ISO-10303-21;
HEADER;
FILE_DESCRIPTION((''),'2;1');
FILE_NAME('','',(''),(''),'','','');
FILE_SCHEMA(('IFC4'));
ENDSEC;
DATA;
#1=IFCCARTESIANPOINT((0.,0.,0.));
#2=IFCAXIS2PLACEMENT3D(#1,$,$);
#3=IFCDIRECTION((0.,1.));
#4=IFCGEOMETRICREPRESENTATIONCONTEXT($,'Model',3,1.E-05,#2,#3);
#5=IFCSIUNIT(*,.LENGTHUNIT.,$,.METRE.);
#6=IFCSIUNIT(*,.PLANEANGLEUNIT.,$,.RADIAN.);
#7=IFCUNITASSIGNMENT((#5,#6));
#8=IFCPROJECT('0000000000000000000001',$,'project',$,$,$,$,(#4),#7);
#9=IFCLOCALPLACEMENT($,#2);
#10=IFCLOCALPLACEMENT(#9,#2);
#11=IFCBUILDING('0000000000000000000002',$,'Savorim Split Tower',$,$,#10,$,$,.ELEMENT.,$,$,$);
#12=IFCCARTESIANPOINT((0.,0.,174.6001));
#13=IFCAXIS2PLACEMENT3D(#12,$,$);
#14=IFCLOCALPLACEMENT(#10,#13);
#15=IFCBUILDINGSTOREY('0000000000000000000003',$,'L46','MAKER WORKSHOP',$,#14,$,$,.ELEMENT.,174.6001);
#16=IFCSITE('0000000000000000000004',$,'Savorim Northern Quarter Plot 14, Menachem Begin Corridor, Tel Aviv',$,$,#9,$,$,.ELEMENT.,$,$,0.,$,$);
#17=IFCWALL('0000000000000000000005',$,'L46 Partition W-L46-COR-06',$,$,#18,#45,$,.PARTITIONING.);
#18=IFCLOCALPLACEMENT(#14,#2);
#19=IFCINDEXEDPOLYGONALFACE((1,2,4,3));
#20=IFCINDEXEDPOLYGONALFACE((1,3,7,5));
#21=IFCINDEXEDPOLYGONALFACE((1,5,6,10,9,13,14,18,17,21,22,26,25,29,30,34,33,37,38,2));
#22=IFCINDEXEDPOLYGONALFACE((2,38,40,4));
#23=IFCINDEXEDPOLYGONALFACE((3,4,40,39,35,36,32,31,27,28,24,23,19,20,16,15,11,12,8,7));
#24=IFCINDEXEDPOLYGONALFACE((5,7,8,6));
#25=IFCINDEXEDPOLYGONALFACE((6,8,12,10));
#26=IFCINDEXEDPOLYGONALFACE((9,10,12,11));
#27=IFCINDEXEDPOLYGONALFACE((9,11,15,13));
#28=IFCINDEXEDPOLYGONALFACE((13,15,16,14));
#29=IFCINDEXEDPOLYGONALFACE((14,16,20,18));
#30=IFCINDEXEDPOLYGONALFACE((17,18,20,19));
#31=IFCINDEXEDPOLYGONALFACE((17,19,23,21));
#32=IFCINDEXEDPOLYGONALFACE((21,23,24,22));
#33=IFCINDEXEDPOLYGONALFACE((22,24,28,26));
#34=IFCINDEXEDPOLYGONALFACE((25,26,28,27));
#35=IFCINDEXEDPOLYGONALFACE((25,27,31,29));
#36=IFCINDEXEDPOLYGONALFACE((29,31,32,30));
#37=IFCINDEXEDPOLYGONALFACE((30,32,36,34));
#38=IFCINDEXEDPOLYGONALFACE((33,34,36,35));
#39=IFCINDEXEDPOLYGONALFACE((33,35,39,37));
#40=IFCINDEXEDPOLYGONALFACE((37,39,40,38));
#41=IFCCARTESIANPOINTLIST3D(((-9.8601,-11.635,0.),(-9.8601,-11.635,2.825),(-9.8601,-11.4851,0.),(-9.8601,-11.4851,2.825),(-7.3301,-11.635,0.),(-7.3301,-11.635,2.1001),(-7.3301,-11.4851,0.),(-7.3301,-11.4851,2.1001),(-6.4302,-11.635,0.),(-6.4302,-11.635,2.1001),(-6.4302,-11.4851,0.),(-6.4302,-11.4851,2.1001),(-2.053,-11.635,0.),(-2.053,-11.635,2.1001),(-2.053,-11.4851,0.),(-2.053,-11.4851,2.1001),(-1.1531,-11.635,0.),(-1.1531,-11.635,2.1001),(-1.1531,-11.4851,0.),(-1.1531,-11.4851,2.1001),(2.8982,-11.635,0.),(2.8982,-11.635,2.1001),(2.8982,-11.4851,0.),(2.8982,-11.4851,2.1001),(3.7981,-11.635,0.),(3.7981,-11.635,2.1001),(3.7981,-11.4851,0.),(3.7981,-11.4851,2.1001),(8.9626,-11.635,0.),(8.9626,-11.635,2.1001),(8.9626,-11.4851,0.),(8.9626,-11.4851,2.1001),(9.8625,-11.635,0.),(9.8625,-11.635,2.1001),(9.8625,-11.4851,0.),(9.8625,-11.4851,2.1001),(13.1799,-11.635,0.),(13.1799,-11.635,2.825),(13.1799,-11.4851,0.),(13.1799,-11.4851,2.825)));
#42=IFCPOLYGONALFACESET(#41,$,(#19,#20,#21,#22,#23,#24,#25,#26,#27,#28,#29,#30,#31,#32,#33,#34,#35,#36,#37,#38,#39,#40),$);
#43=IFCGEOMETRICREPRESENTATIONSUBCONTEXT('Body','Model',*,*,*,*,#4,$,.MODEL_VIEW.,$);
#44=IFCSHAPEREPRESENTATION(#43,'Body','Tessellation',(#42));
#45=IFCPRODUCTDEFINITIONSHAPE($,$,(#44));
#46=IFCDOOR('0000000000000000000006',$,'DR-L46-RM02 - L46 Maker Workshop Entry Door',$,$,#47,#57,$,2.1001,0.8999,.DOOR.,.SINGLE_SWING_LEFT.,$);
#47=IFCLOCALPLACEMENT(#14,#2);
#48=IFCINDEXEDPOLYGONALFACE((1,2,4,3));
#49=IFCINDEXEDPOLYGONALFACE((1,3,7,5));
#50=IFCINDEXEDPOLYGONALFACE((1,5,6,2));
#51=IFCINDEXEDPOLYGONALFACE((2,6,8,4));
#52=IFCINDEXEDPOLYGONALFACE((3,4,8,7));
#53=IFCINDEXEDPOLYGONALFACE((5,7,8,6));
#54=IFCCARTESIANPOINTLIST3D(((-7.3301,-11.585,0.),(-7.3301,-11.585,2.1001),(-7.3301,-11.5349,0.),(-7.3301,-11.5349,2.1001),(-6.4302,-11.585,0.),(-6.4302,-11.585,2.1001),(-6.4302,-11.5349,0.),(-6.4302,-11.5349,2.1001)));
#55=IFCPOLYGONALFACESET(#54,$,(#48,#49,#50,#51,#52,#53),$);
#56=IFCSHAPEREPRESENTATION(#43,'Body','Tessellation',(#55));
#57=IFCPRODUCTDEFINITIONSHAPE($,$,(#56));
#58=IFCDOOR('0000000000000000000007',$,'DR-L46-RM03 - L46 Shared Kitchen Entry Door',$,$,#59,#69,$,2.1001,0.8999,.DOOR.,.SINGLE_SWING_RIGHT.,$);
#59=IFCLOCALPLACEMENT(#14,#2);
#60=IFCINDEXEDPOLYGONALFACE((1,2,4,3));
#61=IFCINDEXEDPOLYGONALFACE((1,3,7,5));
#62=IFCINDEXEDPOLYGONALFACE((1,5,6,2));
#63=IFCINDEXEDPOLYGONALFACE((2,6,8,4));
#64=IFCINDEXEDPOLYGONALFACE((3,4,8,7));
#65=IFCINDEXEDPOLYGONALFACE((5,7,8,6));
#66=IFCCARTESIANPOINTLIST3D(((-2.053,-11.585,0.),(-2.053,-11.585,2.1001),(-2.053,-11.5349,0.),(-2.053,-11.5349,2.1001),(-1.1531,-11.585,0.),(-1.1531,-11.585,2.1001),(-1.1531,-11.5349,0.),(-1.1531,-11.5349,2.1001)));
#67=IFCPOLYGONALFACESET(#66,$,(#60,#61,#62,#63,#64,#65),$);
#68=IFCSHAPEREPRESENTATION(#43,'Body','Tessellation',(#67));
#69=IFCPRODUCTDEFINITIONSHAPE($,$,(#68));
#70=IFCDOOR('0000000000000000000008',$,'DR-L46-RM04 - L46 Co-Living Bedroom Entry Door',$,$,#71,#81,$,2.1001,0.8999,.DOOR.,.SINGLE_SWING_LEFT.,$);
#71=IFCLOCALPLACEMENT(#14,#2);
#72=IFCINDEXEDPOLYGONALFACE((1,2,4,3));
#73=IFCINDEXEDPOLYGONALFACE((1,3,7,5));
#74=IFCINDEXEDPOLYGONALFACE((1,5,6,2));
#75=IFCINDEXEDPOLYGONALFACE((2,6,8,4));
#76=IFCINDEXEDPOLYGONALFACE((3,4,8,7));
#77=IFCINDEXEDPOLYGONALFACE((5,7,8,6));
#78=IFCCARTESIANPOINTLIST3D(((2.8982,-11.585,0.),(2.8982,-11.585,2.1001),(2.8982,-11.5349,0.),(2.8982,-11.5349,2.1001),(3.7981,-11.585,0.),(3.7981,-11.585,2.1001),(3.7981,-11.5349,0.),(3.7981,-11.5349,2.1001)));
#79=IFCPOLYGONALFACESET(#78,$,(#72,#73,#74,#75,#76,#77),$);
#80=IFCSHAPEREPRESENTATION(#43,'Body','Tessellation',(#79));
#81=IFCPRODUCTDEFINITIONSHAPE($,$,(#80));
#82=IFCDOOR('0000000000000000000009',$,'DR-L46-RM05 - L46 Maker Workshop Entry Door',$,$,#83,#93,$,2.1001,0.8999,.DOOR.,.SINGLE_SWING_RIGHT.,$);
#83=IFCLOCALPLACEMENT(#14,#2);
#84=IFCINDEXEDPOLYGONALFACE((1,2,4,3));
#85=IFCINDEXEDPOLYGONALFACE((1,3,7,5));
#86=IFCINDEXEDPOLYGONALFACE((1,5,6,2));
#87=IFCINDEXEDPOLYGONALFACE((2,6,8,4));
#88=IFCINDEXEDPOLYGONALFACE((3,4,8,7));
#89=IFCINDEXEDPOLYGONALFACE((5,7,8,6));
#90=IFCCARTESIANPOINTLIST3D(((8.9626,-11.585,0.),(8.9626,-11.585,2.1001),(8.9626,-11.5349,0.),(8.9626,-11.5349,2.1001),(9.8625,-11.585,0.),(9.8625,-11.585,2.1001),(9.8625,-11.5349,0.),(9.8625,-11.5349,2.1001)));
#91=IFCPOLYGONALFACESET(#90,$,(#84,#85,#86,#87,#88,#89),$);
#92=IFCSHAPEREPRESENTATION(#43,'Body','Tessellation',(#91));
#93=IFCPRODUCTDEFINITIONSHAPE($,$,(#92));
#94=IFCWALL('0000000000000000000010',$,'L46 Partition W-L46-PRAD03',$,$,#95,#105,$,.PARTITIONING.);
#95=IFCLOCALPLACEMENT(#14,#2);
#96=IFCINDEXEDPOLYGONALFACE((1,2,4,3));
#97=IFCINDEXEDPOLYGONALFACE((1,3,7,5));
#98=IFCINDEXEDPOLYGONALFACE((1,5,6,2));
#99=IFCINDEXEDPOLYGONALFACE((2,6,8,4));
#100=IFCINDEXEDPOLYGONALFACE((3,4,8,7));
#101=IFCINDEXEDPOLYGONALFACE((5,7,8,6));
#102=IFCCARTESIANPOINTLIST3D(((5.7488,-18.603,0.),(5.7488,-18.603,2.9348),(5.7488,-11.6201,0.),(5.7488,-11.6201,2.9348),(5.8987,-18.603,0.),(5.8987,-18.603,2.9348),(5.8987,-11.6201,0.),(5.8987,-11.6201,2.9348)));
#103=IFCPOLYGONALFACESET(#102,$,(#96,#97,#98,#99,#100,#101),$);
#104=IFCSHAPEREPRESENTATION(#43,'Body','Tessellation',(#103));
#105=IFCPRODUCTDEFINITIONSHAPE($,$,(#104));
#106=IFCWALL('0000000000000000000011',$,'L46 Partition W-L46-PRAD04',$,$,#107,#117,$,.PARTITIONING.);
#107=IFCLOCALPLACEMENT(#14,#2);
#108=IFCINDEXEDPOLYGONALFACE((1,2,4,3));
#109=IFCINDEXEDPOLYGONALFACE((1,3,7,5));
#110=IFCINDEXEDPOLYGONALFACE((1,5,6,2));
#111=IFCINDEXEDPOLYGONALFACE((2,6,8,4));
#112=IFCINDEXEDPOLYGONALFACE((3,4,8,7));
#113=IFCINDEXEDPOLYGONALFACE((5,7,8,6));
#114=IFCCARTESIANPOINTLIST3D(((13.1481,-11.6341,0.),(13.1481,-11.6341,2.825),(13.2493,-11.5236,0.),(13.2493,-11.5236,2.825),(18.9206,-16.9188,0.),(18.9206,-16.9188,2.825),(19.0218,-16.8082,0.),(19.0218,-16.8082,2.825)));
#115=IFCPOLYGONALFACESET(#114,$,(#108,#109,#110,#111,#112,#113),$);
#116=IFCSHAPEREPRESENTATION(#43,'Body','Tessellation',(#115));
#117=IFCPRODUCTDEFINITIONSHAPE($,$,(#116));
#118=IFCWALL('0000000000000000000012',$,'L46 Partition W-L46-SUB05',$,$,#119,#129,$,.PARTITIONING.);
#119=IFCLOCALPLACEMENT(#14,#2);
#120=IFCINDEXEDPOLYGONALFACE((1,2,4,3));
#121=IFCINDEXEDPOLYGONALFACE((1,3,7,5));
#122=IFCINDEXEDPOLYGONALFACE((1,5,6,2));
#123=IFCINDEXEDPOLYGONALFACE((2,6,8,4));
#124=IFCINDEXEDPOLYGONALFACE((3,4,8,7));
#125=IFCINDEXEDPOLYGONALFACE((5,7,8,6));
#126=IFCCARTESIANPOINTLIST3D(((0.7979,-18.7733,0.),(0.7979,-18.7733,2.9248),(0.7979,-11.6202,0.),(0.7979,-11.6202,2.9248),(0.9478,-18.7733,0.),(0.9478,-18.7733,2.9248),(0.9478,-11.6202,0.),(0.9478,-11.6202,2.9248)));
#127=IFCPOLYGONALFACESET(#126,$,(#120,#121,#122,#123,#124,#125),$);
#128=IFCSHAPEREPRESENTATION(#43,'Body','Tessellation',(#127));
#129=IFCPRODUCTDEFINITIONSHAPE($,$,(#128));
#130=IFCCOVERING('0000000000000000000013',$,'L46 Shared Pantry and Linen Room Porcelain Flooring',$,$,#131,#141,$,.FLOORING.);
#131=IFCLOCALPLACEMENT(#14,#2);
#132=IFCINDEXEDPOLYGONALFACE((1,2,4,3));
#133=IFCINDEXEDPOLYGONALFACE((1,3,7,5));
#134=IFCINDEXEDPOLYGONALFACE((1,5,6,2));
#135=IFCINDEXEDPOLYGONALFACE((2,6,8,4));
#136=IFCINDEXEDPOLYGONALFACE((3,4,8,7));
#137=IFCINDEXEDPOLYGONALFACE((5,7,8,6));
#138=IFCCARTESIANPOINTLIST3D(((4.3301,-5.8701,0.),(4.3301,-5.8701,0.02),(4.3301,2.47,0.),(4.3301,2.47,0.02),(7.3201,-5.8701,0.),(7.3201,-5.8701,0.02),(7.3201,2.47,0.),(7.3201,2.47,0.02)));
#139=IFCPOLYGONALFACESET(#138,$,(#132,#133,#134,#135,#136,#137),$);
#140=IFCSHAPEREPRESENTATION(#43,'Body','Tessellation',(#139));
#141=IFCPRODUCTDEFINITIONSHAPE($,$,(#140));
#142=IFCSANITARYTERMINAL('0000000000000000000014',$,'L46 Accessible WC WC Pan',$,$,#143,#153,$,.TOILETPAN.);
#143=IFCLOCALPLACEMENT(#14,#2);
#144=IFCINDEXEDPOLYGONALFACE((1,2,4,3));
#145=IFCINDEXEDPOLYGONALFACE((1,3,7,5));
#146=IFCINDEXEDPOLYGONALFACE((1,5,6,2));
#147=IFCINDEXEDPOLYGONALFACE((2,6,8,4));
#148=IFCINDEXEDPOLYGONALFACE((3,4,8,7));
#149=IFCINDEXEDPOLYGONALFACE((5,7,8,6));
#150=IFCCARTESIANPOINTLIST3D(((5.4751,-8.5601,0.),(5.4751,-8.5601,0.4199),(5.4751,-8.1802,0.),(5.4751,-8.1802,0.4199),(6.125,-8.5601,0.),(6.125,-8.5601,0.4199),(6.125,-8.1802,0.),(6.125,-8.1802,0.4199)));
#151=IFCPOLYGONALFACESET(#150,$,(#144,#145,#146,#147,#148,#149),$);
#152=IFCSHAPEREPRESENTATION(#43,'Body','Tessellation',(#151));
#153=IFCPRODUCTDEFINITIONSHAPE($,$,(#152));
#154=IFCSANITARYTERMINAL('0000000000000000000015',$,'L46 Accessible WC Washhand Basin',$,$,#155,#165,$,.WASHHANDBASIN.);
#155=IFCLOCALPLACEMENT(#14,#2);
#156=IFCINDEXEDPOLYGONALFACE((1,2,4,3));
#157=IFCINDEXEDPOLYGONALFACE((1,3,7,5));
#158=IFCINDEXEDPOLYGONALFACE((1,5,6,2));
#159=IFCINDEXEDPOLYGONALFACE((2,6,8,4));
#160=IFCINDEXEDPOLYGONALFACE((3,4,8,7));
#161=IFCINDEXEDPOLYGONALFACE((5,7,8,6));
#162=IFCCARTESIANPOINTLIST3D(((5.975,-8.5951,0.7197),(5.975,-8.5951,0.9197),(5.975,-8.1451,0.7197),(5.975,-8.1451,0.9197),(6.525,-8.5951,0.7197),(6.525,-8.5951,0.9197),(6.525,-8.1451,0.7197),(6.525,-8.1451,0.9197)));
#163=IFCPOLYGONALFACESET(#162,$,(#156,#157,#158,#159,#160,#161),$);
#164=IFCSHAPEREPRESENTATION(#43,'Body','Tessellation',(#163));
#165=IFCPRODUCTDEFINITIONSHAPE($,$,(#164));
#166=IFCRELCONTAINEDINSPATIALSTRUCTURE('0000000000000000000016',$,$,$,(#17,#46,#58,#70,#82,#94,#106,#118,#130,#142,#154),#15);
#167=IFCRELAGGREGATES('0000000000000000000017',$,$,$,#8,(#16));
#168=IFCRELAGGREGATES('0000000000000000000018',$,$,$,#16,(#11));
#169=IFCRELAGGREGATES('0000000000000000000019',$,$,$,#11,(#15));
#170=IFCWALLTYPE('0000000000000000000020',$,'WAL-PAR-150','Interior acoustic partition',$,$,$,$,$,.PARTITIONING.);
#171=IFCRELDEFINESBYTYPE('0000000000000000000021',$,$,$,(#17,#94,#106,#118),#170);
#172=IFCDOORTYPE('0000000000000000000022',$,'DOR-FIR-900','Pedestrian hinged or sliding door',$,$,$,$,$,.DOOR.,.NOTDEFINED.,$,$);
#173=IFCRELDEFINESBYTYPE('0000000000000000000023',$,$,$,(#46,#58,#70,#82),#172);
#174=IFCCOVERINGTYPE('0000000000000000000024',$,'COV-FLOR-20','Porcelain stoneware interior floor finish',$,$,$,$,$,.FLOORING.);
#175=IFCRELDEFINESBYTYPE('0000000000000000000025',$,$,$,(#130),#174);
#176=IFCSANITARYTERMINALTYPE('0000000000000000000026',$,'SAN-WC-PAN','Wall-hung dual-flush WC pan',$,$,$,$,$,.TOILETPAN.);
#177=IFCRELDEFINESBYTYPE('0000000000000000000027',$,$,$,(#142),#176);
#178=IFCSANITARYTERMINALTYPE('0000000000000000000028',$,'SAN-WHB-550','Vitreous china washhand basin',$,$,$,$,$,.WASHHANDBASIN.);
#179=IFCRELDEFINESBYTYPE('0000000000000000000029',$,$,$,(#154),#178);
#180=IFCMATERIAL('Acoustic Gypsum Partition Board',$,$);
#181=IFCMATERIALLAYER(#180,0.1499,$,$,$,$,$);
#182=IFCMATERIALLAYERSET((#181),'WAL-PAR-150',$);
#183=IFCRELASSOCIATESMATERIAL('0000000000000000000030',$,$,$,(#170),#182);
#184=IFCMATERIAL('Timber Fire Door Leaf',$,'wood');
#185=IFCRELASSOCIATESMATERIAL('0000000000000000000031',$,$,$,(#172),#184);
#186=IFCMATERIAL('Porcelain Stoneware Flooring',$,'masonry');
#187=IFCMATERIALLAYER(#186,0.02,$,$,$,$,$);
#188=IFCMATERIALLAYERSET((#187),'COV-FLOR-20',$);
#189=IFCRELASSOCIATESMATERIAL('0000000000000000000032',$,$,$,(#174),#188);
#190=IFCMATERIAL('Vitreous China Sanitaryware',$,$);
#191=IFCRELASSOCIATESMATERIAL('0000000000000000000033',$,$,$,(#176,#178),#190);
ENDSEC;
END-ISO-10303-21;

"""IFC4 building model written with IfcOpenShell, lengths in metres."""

from ifc_helpers import new_model, si_unit, direction, frame, frame_2d, origin, origin_2d, place, context, subcontext, project, spatial, polyline, rectangle, outline, extrude, material, layer, layer_set, type_object, element, fill, save


model = new_model("IFC4")

# Units and contexts
model_context = context("Model", 3, precision=1e-05, world=origin(), true_north=direction((0.0, 1.0)))
body_context = subcontext(model_context, "Body", "Model", "MODEL_VIEW")
ifc_project = project(units=[si_unit("LENGTHUNIT", "METRE"), si_unit("PLANEANGLEUNIT", "RADIAN")], contexts=[model_context])

# Site, building, storey
site_placement = place(None, origin())
site = spatial("IfcSite", under=ifc_project, at=site_placement, Name="Savorim Northern Quarter Plot 14, Menachem Begin Corridor, Tel Aviv", CompositionType="ELEMENT", RefElevation=0.0)
building_placement = place(site_placement, origin())
building = spatial("IfcBuilding", under=site, at=building_placement, Name="Savorim Split Tower", CompositionType="ELEMENT")
storey_placement = place(building_placement, frame((0.0, 0.0, 174.6001)))
storey = spatial("IfcBuildingStorey", under=building, at=storey_placement, Name="L46", Description="MAKER WORKSHOP", CompositionType="ELEMENT", Elevation=174.6001)

# Shared definitions
ifc_material_1 = material(Name="Timber Fire Door Leaf", Category="wood")

# Shared definitions
ifc_material_2 = material(Name="Acoustic Gypsum Partition Board")
ifc_layer_1 = layer(ifc_material_2, 0.1499)
ifc_layer_set_1 = layer_set([ifc_layer_1], Name="WAL-PAR-150")
wall_type_1 = type_object("IfcWallType", Name="WAL-PAR-150", Description="Interior acoustic partition", PredefinedType="PARTITIONING", material=ifc_layer_set_1)
door_type_1 = type_object("IfcDoorType", Name="DOR-FIR-900", Description="Pedestrian hinged or sliding door", OperationType="NOTDEFINED", PredefinedType="DOOR", material=ifc_material_1)

# Wall, openings, doors
wall_1_placement = place(storey_placement, frame((13.1799, -11.5601, 0.0), z_axis=(0.0, 0.0, 1.0), x_axis=(-1.0, 0.0, 0.0)))
wall_1 = element("IfcWall", 1, at=wall_1_placement, inside=storey, type_object=wall_type_1, Name="L46 Partition W-L46-COR-06", PredefinedType="PARTITIONING", context=body_context, shape_type="SweptSolid", body=[
    extrude(rectangle(XDim=23.04, YDim=0.1499, at=frame_2d((11.52, 0.0))), origin(), (0.0, 0.0, 1.0), 2.825),
])
opening_1_placement = place(wall_1_placement, frame((19.6101, 0.0, 0.0)))
opening_1 = element("IfcOpeningElement", 2, at=opening_1_placement, cuts=wall_1, PredefinedType="OPENING", context=body_context, shape_type="SweptSolid", body=[
    extrude(rectangle(XDim=0.8999, YDim=2.1001, at=frame_2d((0.45, 1.05))), frame((0.0, 0.085, 0.0), z_axis=(0.0, -1.0, 0.0), x_axis=(1.0, 0.0, 0.0)), (0.0, 0.0, 1.0), 0.1699),
])
opening_2_placement = place(wall_1_placement, frame((14.333, 0.0, 0.0)))
opening_2 = element("IfcOpeningElement", 3, at=opening_2_placement, cuts=wall_1, PredefinedType="OPENING", context=body_context, shape_type="SweptSolid", body=[
    extrude(rectangle(XDim=0.8999, YDim=2.1001, at=frame_2d((0.45, 1.05))), frame((0.0, 0.085, 0.0), z_axis=(0.0, -1.0, 0.0), x_axis=(1.0, 0.0, 0.0)), (0.0, 0.0, 1.0), 0.1699),
])
opening_3_placement = place(wall_1_placement, frame((9.3818, 0.0, 0.0)))
opening_3 = element("IfcOpeningElement", 4, at=opening_3_placement, cuts=wall_1, PredefinedType="OPENING", context=body_context, shape_type="SweptSolid", body=[
    extrude(rectangle(XDim=0.8999, YDim=2.1001, at=frame_2d((0.45, 1.05))), frame((0.0, 0.085, 0.0), z_axis=(0.0, -1.0, 0.0), x_axis=(1.0, 0.0, 0.0)), (0.0, 0.0, 1.0), 0.1699),
])
opening_4_placement = place(wall_1_placement, frame((3.3174, 0.0, 0.0)))
opening_4 = element("IfcOpeningElement", 5, at=opening_4_placement, cuts=wall_1, PredefinedType="OPENING", context=body_context, shape_type="SweptSolid", body=[
    extrude(rectangle(XDim=0.8999, YDim=2.1001, at=frame_2d((0.45, 1.05))), frame((0.0, 0.085, 0.0), z_axis=(0.0, -1.0, 0.0), x_axis=(1.0, 0.0, 0.0)), (0.0, 0.0, 1.0), 0.1699),
])
door_1_placement = place(opening_1_placement, origin())
door_1 = element("IfcDoor", 6, at=door_1_placement, inside=storey, type_object=door_type_1, Name="DR-L46-RM02 - L46 Maker Workshop Entry Door", OperationType="SINGLE_SWING_LEFT", OverallHeight=2.1001, OverallWidth=0.8999, PredefinedType="DOOR", context=body_context, shape_type="SweptSolid", body=[
    extrude(rectangle(XDim=0.8999, YDim=2.1001, at=frame_2d((0.45, 1.05))), frame((0.0, 0.0249, 0.0), z_axis=(0.0, -1.0, 0.0), x_axis=(1.0, 0.0, 0.0)), (0.0, 0.0, 1.0), 0.05),
])
fill(opening_1, door_1)
door_2_placement = place(opening_2_placement, origin())
door_2 = element("IfcDoor", 7, at=door_2_placement, inside=storey, type_object=door_type_1, Name="DR-L46-RM03 - L46 Shared Kitchen Entry Door", OperationType="SINGLE_SWING_RIGHT", OverallHeight=2.1001, OverallWidth=0.8999, PredefinedType="DOOR", context=body_context, shape_type="SweptSolid", body=[
    extrude(rectangle(XDim=0.8999, YDim=2.1001, at=frame_2d((0.45, 1.05))), frame((0.0, 0.0249, 0.0), z_axis=(0.0, -1.0, 0.0), x_axis=(1.0, 0.0, 0.0)), (0.0, 0.0, 1.0), 0.05),
])
fill(opening_2, door_2)
door_3_placement = place(opening_3_placement, origin())
door_3 = element("IfcDoor", 8, at=door_3_placement, inside=storey, type_object=door_type_1, Name="DR-L46-RM04 - L46 Co-Living Bedroom Entry Door", OperationType="SINGLE_SWING_LEFT", OverallHeight=2.1001, OverallWidth=0.8999, PredefinedType="DOOR", context=body_context, shape_type="SweptSolid", body=[
    extrude(rectangle(XDim=0.8999, YDim=2.1001, at=frame_2d((0.45, 1.05))), frame((0.0, 0.0249, 0.0), z_axis=(0.0, -1.0, 0.0), x_axis=(1.0, 0.0, 0.0)), (0.0, 0.0, 1.0), 0.05),
])
fill(opening_3, door_3)
door_4_placement = place(opening_4_placement, origin())
door_4 = element("IfcDoor", 9, at=door_4_placement, inside=storey, type_object=door_type_1, Name="DR-L46-RM05 - L46 Maker Workshop Entry Door", OperationType="SINGLE_SWING_RIGHT", OverallHeight=2.1001, OverallWidth=0.8999, PredefinedType="DOOR", context=body_context, shape_type="SweptSolid", body=[
    extrude(rectangle(XDim=0.8999, YDim=2.1001, at=frame_2d((0.45, 1.05))), frame((0.0, 0.0249, 0.0), z_axis=(0.0, -1.0, 0.0), x_axis=(1.0, 0.0, 0.0)), (0.0, 0.0, 1.0), 0.05),
])
fill(opening_4, door_4)

# Walls
wall_2_placement = place(storey_placement, frame((5.8237, -11.6201, 0.0), z_axis=(0.0, 0.0, 1.0), x_axis=(0.0, -1.0, 0.0)))
element("IfcWall", 10, at=wall_2_placement, inside=storey, type_object=wall_type_1, Name="L46 Partition W-L46-PRAD03", PredefinedType="PARTITIONING", context=body_context, shape_type="SweptSolid", body=[
    extrude(rectangle(XDim=6.9829, YDim=0.1499, at=frame_2d((3.4915, 0.0))), origin(), (0.0, 0.0, 1.0), 2.9348),
])
wall_3_placement = place(storey_placement, frame((13.1987, -11.5789, 0.0), z_axis=(0.0, 0.0, 1.0), x_axis=(0.737584, -0.675256, 0.0)))
element("IfcWall", 11, at=wall_3_placement, inside=storey, type_object=wall_type_1, Name="L46 Partition W-L46-PRAD04", PredefinedType="PARTITIONING", context=body_context, shape_type="SweptSolid", body=[
    extrude(rectangle(XDim=7.8262, YDim=0.1499, at=frame_2d((3.9131, 0.0))), origin(), (0.0, 0.0, 1.0), 2.825),
])
wall_4_placement = place(storey_placement, frame((0.8728, -11.6201, 0.0), z_axis=(0.0, 0.0, 1.0), x_axis=(0.0, -1.0, 0.0)))
element("IfcWall", 12, at=wall_4_placement, inside=storey, type_object=wall_type_1, Name="L46 Partition W-L46-SUB05", PredefinedType="PARTITIONING", context=body_context, shape_type="SweptSolid", body=[
    extrude(rectangle(XDim=7.1531, YDim=0.1499, at=frame_2d((3.5767, 0.0))), origin(), (0.0, 0.0, 1.0), 2.9248),
])

# Covering
ifc_material_3 = material(Name="Porcelain Stoneware Flooring", Category="masonry")
ifc_layer_2 = layer(ifc_material_3, 0.02)
ifc_layer_set_2 = layer_set([ifc_layer_2], Name="COV-FLOR-20")
covering_type = type_object("IfcCoveringType", Name="COV-FLOR-20", Description="Porcelain stoneware interior floor finish", PredefinedType="FLOORING", material=ifc_layer_set_2)
covering_placement = place(storey_placement, origin())
element("IfcCovering", 13, at=covering_placement, inside=storey, type_object=covering_type, Name="L46 Shared Pantry and Linen Room Porcelain Flooring", PredefinedType="FLOORING", context=body_context, shape_type="SweptSolid", body=[
    extrude(outline(polyline([(4.3301, 2.47), (4.3301, -5.8701), (7.3201, -5.8701), (7.3201, 2.47), (4.3301, 2.47)])), origin(), (0.0, 0.0, 1.0), 0.02),
])

# Sanitary terminals
ifc_material_4 = material(Name="Vitreous China Sanitaryware")
sanitary_terminal_type_1 = type_object("IfcSanitaryTerminalType", Name="SAN-WC-PAN", Description="Wall-hung dual-flush WC pan", PredefinedType="TOILETPAN", material=ifc_material_4)
sanitary_terminal_1_placement = place(storey_placement, frame((5.8, -8.3701, 0.0), z_axis=(0.0, 0.0, 1.0), x_axis=(1.0, 0.0, 0.0)))
element("IfcSanitaryTerminal", 14, at=sanitary_terminal_1_placement, inside=storey, type_object=sanitary_terminal_type_1, Name="L46 Accessible WC WC Pan", PredefinedType="TOILETPAN", context=body_context, shape_type="SweptSolid", body=[
    extrude(rectangle(XDim=0.6499, YDim=0.3799, at=origin_2d()), origin(), (0.0, 0.0, 1.0), 0.4199),
])
sanitary_terminal_type_2 = type_object("IfcSanitaryTerminalType", Name="SAN-WHB-550", Description="Vitreous china washhand basin", PredefinedType="WASHHANDBASIN", material=ifc_material_4)
sanitary_terminal_2_placement = place(storey_placement, frame((6.25, -8.3701, 0.7197), z_axis=(0.0, 0.0, 1.0), x_axis=(1.0, 0.0, 0.0)))
element("IfcSanitaryTerminal", 15, at=sanitary_terminal_2_placement, inside=storey, type_object=sanitary_terminal_type_2, Name="L46 Accessible WC Washhand Basin", PredefinedType="WASHHANDBASIN", context=body_context, shape_type="SweptSolid", body=[
    extrude(rectangle(XDim=0.55, YDim=0.45, at=origin_2d()), origin(), (0.0, 0.0, 1.0), 0.2),
])

save(model, "model.ifc")
